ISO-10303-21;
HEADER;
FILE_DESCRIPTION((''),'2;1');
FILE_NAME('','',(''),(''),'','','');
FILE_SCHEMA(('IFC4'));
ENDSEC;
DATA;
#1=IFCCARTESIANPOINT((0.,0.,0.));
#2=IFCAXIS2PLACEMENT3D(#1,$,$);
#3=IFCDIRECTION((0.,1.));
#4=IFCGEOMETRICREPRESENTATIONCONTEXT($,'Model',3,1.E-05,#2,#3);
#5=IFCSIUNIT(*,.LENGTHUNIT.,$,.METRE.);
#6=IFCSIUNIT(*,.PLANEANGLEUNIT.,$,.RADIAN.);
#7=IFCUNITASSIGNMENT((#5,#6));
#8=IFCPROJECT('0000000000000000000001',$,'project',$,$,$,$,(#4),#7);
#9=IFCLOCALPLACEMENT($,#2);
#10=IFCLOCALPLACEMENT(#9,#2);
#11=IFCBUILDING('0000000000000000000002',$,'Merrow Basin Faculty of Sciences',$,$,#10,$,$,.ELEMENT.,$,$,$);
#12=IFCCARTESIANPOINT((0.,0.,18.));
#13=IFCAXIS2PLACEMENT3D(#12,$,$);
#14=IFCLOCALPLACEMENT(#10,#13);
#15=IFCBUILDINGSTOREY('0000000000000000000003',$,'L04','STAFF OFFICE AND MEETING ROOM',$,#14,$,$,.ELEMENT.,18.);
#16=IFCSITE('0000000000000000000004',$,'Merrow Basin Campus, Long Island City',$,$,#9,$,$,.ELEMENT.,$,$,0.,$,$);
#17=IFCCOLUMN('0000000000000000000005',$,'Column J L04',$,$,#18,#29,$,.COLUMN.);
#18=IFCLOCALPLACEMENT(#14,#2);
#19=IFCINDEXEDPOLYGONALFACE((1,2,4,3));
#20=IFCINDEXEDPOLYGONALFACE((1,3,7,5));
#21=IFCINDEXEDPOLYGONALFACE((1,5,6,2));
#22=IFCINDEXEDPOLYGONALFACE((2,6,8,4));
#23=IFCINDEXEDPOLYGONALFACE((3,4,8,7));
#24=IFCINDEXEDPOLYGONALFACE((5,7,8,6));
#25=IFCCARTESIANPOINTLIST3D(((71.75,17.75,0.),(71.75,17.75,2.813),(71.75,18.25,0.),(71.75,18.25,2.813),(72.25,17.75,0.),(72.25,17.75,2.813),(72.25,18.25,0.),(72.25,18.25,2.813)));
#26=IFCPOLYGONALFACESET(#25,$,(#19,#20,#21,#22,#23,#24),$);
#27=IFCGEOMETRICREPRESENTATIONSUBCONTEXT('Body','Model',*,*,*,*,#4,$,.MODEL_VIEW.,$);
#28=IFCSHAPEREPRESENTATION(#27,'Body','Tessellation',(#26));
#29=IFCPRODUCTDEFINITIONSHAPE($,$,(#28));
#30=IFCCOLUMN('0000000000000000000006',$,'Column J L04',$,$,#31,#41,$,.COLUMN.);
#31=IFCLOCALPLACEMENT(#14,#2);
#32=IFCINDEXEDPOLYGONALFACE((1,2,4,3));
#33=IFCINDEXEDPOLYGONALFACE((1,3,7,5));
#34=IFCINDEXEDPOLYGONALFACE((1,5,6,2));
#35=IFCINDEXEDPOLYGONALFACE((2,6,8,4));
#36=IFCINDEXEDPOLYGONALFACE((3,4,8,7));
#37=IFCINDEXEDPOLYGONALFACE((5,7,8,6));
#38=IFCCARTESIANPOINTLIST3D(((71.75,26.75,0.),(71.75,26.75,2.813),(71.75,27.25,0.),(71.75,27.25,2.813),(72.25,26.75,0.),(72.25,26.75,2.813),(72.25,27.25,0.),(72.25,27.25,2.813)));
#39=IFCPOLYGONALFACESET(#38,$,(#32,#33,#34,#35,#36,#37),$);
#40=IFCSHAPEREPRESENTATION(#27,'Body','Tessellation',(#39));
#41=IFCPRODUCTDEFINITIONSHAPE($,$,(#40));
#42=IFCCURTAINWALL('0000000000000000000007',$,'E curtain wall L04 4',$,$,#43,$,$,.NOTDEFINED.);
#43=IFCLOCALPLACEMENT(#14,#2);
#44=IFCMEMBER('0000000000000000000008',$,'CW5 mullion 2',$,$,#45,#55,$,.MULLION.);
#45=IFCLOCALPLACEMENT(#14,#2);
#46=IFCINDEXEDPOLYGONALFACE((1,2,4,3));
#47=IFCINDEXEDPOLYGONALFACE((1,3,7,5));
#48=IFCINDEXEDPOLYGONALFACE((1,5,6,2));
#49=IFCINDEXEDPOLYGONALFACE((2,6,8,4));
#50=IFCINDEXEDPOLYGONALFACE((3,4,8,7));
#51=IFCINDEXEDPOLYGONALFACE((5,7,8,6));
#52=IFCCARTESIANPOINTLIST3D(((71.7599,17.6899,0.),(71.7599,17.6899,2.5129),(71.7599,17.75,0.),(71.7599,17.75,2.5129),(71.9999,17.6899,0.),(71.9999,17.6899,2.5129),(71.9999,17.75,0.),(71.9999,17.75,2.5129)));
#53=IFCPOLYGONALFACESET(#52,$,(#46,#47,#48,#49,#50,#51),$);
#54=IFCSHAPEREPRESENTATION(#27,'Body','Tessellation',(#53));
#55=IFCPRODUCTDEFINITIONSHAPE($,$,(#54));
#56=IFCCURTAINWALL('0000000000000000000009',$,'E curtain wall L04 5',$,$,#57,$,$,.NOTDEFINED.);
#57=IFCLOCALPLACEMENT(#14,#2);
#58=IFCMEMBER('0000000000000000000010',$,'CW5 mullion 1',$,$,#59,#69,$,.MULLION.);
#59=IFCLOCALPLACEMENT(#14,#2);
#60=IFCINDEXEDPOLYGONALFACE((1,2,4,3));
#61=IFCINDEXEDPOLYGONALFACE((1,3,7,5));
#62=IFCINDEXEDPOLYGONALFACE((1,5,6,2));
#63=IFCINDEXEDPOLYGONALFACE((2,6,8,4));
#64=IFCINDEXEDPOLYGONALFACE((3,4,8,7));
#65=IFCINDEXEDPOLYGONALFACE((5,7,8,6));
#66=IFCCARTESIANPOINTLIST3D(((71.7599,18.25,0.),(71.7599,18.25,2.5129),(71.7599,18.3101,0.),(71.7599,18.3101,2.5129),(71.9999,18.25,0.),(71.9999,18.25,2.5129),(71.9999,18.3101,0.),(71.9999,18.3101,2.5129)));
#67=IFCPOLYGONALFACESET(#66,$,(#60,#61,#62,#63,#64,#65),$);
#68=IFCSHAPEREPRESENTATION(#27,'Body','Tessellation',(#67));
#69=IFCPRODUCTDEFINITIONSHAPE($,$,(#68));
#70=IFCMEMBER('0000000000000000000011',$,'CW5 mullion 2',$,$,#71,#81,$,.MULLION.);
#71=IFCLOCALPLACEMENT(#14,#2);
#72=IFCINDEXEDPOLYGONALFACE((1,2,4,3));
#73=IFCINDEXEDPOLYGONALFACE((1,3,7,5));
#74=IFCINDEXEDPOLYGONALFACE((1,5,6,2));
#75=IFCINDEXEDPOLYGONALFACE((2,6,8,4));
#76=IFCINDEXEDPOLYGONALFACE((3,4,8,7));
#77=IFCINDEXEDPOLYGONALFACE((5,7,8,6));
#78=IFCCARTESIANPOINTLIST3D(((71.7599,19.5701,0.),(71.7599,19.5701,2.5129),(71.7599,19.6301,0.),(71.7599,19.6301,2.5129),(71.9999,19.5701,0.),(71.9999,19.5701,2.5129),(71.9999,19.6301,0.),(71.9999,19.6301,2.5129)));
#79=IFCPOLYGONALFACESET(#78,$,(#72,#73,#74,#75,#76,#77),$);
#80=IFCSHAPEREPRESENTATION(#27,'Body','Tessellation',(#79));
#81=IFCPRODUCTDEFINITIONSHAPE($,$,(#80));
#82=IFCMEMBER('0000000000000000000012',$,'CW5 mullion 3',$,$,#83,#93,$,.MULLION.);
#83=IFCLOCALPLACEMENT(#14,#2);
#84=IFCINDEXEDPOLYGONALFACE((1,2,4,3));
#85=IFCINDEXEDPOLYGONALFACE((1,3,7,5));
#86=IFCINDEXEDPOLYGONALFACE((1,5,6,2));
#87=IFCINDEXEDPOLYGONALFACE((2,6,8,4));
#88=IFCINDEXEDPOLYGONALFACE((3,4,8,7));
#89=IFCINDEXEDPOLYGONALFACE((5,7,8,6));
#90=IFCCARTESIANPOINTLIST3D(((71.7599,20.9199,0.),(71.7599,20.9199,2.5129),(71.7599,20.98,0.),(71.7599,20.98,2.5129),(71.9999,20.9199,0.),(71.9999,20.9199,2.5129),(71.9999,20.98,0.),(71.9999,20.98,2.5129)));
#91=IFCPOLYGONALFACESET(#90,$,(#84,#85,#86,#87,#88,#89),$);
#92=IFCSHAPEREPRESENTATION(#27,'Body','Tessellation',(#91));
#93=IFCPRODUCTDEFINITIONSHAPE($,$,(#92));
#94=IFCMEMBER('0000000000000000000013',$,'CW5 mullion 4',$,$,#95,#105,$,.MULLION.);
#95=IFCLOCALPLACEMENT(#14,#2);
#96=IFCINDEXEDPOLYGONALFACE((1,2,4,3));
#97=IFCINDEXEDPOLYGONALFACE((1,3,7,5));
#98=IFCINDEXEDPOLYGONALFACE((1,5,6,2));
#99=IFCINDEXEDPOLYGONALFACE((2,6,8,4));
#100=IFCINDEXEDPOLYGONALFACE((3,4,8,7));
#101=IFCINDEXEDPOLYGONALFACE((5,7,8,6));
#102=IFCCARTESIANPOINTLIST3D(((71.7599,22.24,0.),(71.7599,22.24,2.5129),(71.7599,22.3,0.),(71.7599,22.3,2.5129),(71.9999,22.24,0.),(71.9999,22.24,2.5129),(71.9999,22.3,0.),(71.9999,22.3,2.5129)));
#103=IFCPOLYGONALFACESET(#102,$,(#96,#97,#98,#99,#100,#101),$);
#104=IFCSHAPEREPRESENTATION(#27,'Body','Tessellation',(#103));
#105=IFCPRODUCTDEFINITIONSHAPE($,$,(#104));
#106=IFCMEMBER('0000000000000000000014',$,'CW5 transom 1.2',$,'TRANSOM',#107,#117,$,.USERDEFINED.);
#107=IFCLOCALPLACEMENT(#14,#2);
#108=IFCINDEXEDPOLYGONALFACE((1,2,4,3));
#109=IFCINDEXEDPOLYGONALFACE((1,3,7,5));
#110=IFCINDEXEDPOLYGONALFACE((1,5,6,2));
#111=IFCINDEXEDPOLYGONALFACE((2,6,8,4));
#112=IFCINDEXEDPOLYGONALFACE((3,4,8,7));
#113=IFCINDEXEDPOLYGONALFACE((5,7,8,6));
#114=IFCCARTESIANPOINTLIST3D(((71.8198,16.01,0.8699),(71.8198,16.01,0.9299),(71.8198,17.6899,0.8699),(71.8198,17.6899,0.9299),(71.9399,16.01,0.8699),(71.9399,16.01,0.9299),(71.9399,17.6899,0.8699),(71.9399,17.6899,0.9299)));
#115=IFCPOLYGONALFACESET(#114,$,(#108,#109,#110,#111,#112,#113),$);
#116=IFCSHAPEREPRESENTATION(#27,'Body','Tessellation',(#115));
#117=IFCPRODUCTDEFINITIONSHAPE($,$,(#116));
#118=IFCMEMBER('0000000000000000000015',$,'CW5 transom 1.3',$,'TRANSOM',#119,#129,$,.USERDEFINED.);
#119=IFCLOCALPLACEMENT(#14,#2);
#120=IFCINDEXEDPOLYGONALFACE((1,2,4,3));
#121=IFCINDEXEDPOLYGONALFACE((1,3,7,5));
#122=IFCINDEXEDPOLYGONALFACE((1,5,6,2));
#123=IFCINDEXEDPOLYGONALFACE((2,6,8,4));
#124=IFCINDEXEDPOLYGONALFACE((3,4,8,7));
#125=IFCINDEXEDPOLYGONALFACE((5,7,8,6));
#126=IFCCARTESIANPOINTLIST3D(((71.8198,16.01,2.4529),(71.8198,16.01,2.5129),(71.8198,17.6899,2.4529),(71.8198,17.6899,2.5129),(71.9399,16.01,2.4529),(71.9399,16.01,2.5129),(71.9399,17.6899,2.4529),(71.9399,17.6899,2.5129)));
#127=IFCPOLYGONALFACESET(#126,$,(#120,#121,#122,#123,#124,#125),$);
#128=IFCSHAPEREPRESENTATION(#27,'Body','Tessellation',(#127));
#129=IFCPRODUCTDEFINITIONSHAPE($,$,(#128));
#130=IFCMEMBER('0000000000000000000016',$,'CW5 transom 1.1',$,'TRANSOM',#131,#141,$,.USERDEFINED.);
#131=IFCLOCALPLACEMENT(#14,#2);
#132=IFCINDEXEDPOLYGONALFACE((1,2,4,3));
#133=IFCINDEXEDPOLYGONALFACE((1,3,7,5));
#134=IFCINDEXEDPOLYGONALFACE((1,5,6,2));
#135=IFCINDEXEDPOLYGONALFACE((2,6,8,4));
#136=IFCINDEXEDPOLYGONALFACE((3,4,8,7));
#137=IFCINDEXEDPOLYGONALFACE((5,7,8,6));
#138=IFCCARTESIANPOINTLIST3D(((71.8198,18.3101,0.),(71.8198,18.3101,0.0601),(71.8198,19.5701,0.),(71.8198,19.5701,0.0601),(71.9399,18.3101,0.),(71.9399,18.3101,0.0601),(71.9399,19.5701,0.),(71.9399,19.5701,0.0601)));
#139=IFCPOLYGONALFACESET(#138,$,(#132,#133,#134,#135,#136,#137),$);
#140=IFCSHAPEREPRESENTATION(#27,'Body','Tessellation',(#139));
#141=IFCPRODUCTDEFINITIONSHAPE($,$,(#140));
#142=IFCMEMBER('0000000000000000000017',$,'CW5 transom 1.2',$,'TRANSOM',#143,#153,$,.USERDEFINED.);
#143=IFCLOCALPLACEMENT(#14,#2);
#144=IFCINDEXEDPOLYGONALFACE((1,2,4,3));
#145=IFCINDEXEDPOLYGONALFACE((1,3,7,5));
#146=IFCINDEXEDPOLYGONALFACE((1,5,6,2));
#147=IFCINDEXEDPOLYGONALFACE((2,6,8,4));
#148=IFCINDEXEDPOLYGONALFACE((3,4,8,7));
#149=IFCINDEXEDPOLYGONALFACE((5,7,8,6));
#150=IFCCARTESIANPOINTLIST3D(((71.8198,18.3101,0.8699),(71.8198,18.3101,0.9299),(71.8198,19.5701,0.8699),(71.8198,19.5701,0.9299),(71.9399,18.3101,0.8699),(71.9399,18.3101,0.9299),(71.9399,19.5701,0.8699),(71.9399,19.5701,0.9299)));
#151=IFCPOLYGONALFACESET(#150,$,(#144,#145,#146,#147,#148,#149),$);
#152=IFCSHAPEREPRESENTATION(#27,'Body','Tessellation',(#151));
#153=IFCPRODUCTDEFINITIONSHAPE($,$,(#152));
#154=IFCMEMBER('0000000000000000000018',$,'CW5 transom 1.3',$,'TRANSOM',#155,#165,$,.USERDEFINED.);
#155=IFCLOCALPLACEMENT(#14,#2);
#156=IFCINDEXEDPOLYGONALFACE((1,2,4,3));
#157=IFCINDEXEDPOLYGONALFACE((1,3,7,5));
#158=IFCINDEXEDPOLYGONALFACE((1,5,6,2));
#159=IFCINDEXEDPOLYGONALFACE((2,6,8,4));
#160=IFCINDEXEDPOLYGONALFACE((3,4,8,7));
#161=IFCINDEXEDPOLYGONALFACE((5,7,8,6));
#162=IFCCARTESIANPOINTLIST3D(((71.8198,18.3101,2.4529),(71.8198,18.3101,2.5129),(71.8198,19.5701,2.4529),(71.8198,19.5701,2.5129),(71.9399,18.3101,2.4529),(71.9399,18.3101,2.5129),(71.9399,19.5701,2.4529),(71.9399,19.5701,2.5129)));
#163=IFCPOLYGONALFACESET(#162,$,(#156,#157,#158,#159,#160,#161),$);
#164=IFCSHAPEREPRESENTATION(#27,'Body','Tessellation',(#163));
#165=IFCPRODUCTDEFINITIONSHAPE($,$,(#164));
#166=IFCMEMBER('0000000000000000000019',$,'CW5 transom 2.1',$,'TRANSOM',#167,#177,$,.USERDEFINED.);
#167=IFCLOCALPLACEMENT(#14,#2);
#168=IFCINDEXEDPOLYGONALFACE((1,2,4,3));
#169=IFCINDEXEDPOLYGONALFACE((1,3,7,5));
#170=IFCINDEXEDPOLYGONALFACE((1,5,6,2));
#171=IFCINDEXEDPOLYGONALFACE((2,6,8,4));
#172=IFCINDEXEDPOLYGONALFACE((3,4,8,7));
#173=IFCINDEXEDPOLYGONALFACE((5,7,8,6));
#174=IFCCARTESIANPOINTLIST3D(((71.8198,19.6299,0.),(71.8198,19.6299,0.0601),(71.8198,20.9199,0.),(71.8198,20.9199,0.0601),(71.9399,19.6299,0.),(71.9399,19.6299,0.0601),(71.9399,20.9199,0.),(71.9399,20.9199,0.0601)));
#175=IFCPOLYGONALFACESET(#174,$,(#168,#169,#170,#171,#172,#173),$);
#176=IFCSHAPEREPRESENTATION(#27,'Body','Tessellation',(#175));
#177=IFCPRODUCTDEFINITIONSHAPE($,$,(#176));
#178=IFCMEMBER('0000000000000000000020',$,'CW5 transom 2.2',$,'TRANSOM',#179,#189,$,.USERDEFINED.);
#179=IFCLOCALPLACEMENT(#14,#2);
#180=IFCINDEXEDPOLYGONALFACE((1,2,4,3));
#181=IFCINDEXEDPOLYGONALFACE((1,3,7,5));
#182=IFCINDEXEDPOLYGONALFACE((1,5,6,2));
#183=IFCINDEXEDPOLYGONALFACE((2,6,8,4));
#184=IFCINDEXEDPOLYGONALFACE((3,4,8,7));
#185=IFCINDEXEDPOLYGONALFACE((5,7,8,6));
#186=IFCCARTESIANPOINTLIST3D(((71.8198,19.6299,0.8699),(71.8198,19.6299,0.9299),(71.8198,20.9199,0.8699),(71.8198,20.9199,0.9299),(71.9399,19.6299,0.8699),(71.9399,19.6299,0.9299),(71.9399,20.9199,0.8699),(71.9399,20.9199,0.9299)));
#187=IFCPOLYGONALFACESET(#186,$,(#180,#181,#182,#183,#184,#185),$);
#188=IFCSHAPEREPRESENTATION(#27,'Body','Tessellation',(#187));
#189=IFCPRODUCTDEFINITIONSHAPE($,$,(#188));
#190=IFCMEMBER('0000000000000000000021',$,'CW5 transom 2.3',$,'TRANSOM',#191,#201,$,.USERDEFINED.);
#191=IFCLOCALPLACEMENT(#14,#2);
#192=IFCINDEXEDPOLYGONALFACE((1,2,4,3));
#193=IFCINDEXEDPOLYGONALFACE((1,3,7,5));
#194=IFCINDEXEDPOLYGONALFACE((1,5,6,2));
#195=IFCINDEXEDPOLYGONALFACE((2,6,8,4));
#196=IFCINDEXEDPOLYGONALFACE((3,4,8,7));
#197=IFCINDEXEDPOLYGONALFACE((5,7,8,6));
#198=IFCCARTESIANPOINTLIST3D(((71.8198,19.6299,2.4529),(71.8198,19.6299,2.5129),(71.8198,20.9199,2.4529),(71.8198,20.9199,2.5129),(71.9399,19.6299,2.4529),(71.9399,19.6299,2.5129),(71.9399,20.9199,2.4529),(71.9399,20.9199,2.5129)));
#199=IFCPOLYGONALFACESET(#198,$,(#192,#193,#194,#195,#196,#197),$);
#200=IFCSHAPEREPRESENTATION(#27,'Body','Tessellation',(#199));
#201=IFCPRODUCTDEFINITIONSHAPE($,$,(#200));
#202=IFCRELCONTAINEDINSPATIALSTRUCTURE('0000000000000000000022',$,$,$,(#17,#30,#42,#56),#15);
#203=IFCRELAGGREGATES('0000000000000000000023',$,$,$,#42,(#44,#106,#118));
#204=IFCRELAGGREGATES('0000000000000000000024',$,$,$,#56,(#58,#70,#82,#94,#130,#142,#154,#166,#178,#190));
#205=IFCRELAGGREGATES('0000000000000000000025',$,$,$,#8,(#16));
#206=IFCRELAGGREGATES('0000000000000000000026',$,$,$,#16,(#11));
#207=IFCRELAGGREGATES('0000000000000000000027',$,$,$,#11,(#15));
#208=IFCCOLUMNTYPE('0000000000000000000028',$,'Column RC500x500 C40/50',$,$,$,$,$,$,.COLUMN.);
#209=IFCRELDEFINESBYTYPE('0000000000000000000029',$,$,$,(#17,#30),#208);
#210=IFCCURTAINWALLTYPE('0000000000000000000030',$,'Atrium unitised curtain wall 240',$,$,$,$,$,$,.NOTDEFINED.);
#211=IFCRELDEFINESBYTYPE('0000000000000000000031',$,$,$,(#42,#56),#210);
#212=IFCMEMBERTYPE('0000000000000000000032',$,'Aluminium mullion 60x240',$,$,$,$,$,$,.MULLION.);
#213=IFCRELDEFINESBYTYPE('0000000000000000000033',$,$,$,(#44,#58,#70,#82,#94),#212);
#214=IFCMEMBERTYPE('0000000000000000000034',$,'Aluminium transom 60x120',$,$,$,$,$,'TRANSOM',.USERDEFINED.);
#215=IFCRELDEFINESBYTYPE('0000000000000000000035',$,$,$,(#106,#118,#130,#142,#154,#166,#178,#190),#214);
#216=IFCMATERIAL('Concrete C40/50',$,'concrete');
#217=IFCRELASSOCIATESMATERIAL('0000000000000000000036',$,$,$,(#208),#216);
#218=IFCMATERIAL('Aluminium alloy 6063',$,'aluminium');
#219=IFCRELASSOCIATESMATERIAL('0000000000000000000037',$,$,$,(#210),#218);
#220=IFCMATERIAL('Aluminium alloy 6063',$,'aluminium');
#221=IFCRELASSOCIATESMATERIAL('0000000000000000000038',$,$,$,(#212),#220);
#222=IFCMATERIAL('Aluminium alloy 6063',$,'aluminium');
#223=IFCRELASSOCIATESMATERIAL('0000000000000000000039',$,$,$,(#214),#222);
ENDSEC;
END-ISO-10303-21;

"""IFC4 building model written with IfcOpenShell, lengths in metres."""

from ifc_helpers import new_model, si_unit, direction, frame, origin, origin_2d, place, context, subcontext, project, spatial, rectangle, extrude, material, material_profile, profile_set, type_object, element, aggregate, save


model = new_model("IFC4")

# Units and contexts
model_context = context("Model", 3, precision=1e-05, world=origin(), true_north=direction((0.0, 1.0)))
body_context = subcontext(model_context, "Body", "Model", "MODEL_VIEW")
ifc_project = project(units=[si_unit("LENGTHUNIT", "METRE"), si_unit("PLANEANGLEUNIT", "RADIAN")], contexts=[model_context])

# Site, building, storey
site_placement = place(None, origin())
site = spatial("IfcSite", under=ifc_project, at=site_placement, Name="Merrow Basin Campus, Long Island City", CompositionType="ELEMENT", RefElevation=0.0)
building_placement = place(site_placement, origin())
building = spatial("IfcBuilding", under=site, at=building_placement, Name="Merrow Basin Faculty of Sciences", CompositionType="ELEMENT")
storey_placement = place(building_placement, frame((0.0, 0.0, 18.0)))
storey = spatial("IfcBuildingStorey", under=building, at=storey_placement, Name="L04", Description="STAFF OFFICE AND MEETING ROOM", CompositionType="ELEMENT", Elevation=18.0)

# Columns
ifc_material_1 = material(Name="Concrete C40/50", Category="concrete")
ifc_material_profile_1 = material_profile(ifc_material_1, rectangle(XDim=0.5, YDim=0.5, at=origin_2d()))
ifc_profile_set_1 = profile_set([ifc_material_profile_1], Name="Concrete C40/50")
column_type = type_object("IfcColumnType", Name="Column RC500x500 C40/50", PredefinedType="COLUMN", material=ifc_profile_set_1)
for number, where, z_axis, x_axis, name in (
    (1, (72.0, 18.0, 0.0), (0.0, 0.0, 1.0), (1.0, 0.0, 0.0), "Column J L04"),
    (2, (72.0, 27.0, 0.0), (0.0, 0.0, 1.0), (1.0, 0.0, 0.0), "Column J L04"),
):
    element("IfcColumn", number, at=place(storey_placement, frame(where, z_axis=z_axis, x_axis=x_axis)), inside=storey, type_object=column_type, Name=name, PredefinedType="COLUMN", context=body_context, shape_type="SweptSolid", body=[
        extrude(rectangle(XDim=0.5, YDim=0.5, at=origin_2d()), origin(), (0.0, 0.0, 1.0), 2.813),
    ])

# Curtain wall, member
ifc_material_2 = material(Name="Aluminium alloy 6063", Category="aluminium")
curtain_wall_type = type_object("IfcCurtainWallType", Name="Atrium unitised curtain wall 240", PredefinedType="NOTDEFINED", material=ifc_material_2)
curtain_wall_1_placement = place(storey_placement, origin())
curtain_wall_1 = element("IfcCurtainWall", 3, at=curtain_wall_1_placement, inside=storey, type_object=curtain_wall_type, Name="E curtain wall L04 4", PredefinedType="NOTDEFINED")
ifc_material_3 = material(Name="Aluminium alloy 6063", Category="aluminium")
ifc_material_profile_2 = material_profile(ifc_material_3, rectangle(XDim=0.24, YDim=0.0601, at=origin_2d()))
ifc_profile_set_2 = profile_set([ifc_material_profile_2], Name="Aluminium alloy 6063")
member_type_1 = type_object("IfcMemberType", Name="Aluminium mullion 60x240", PredefinedType="MULLION", material=ifc_profile_set_2)
member_1_placement = place(storey_placement, frame((71.8799, 17.72, 0.0), z_axis=(0.0, 0.0, 1.0), x_axis=(-1.0, 0.0, 0.0)))
member_1 = element("IfcMember", 4, at=member_1_placement, type_object=member_type_1, Name="CW5 mullion 2", PredefinedType="MULLION", context=body_context, shape_type="SweptSolid", body=[
    extrude(rectangle(XDim=0.24, YDim=0.0601, at=origin_2d()), origin(), (0.0, 0.0, 1.0), 2.5129),
])

# Curtain wall, members
curtain_wall_2_placement = place(storey_placement, origin())
curtain_wall_2 = element("IfcCurtainWall", 5, at=curtain_wall_2_placement, inside=storey, type_object=curtain_wall_type, Name="E curtain wall L04 5", PredefinedType="NOTDEFINED")
member_2_placement = place(storey_placement, frame((71.8799, 18.28, 0.0), z_axis=(0.0, 0.0, 1.0), x_axis=(-1.0, 0.0, 0.0)))
member_2 = element("IfcMember", 6, at=member_2_placement, type_object=member_type_1, Name="CW5 mullion 1", PredefinedType="MULLION", context=body_context, shape_type="SweptSolid", body=[
    extrude(rectangle(XDim=0.24, YDim=0.0601, at=origin_2d()), origin(), (0.0, 0.0, 1.0), 2.5129),
])
member_3_placement = place(storey_placement, frame((71.8799, 19.6001, 0.0), z_axis=(0.0, 0.0, 1.0), x_axis=(-1.0, 0.0, 0.0)))
member_3 = element("IfcMember", 7, at=member_3_placement, type_object=member_type_1, Name="CW5 mullion 2", PredefinedType="MULLION", context=body_context, shape_type="SweptSolid", body=[
    extrude(rectangle(XDim=0.24, YDim=0.0601, at=origin_2d()), origin(), (0.0, 0.0, 1.0), 2.5129),
])
member_4_placement = place(storey_placement, frame((71.8799, 20.95, 0.0), z_axis=(0.0, 0.0, 1.0), x_axis=(-1.0, 0.0, 0.0)))
member_4 = element("IfcMember", 8, at=member_4_placement, type_object=member_type_1, Name="CW5 mullion 3", PredefinedType="MULLION", context=body_context, shape_type="SweptSolid", body=[
    extrude(rectangle(XDim=0.24, YDim=0.0601, at=origin_2d()), origin(), (0.0, 0.0, 1.0), 2.5129),
])
member_5_placement = place(storey_placement, frame((71.8799, 22.27, 0.0), z_axis=(0.0, 0.0, 1.0), x_axis=(-1.0, 0.0, 0.0)))
member_5 = element("IfcMember", 9, at=member_5_placement, type_object=member_type_1, Name="CW5 mullion 4", PredefinedType="MULLION", context=body_context, shape_type="SweptSolid", body=[
    extrude(rectangle(XDim=0.24, YDim=0.0601, at=origin_2d()), origin(), (0.0, 0.0, 1.0), 2.5129),
])

# Members
ifc_material_4 = material(Name="Aluminium alloy 6063", Category="aluminium")
ifc_material_profile_3 = material_profile(ifc_material_4, rectangle(XDim=0.1201, YDim=0.0601, at=origin_2d()))
ifc_profile_set_3 = profile_set([ifc_material_profile_3], Name="Aluminium alloy 6063")
member_type_2 = type_object("IfcMemberType", Name="Aluminium transom 60x120", ElementType="TRANSOM", PredefinedType="USERDEFINED", material=ifc_profile_set_3)
member_6_placement = place(storey_placement, frame((71.8799, 16.01, 0.8999), z_axis=(0.0, 1.0, 0.0), x_axis=(-1.0, 0.0, 0.0)))
member_6 = element("IfcMember", 10, at=member_6_placement, type_object=member_type_2, Name="CW5 transom 1.2", ObjectType="TRANSOM", PredefinedType="USERDEFINED", context=body_context, shape_type="SweptSolid", body=[
    extrude(rectangle(XDim=0.1201, YDim=0.0601, at=origin_2d()), origin(), (0.0, 0.0, 1.0), 1.6799),
])
member_7_placement = place(storey_placement, frame((71.8799, 16.01, 2.4829), z_axis=(0.0, 1.0, 0.0), x_axis=(-1.0, 0.0, 0.0)))
member_7 = element("IfcMember", 11, at=member_7_placement, type_object=member_type_2, Name="CW5 transom 1.3", ObjectType="TRANSOM", PredefinedType="USERDEFINED", context=body_context, shape_type="SweptSolid", body=[
    extrude(rectangle(XDim=0.1201, YDim=0.0601, at=origin_2d()), origin(), (0.0, 0.0, 1.0), 1.6799),
])
member_8_placement = place(storey_placement, frame((71.8799, 18.3101, 0.03), z_axis=(0.0, 1.0, 0.0), x_axis=(-1.0, 0.0, 0.0)))
member_8 = element("IfcMember", 12, at=member_8_placement, type_object=member_type_2, Name="CW5 transom 1.1", ObjectType="TRANSOM", PredefinedType="USERDEFINED", context=body_context, shape_type="SweptSolid", body=[
    extrude(rectangle(XDim=0.1201, YDim=0.0601, at=origin_2d()), origin(), (0.0, 0.0, 1.0), 1.26),
])
member_9_placement = place(storey_placement, frame((71.8799, 18.3101, 0.8999), z_axis=(0.0, 1.0, 0.0), x_axis=(-1.0, 0.0, 0.0)))
member_9 = element("IfcMember", 13, at=member_9_placement, type_object=member_type_2, Name="CW5 transom 1.2", ObjectType="TRANSOM", PredefinedType="USERDEFINED", context=body_context, shape_type="SweptSolid", body=[
    extrude(rectangle(XDim=0.1201, YDim=0.0601, at=origin_2d()), origin(), (0.0, 0.0, 1.0), 1.26),
])
member_10_placement = place(storey_placement, frame((71.8799, 18.3101, 2.4829), z_axis=(0.0, 1.0, 0.0), x_axis=(-1.0, 0.0, 0.0)))
member_10 = element("IfcMember", 14, at=member_10_placement, type_object=member_type_2, Name="CW5 transom 1.3", ObjectType="TRANSOM", PredefinedType="USERDEFINED", context=body_context, shape_type="SweptSolid", body=[
    extrude(rectangle(XDim=0.1201, YDim=0.0601, at=origin_2d()), origin(), (0.0, 0.0, 1.0), 1.26),
])
member_11_placement = place(storey_placement, frame((71.8799, 19.6299, 0.03), z_axis=(0.0, 1.0, 0.0), x_axis=(-1.0, 0.0, 0.0)))
member_11 = element("IfcMember", 15, at=member_11_placement, type_object=member_type_2, Name="CW5 transom 2.1", ObjectType="TRANSOM", PredefinedType="USERDEFINED", context=body_context, shape_type="SweptSolid", body=[
    extrude(rectangle(XDim=0.1201, YDim=0.0601, at=origin_2d()), origin(), (0.0, 0.0, 1.0), 1.29),
])
member_12_placement = place(storey_placement, frame((71.8799, 19.6299, 0.8999), z_axis=(0.0, 1.0, 0.0), x_axis=(-1.0, 0.0, 0.0)))
member_12 = element("IfcMember", 16, at=member_12_placement, type_object=member_type_2, Name="CW5 transom 2.2", ObjectType="TRANSOM", PredefinedType="USERDEFINED", context=body_context, shape_type="SweptSolid", body=[
    extrude(rectangle(XDim=0.1201, YDim=0.0601, at=origin_2d()), origin(), (0.0, 0.0, 1.0), 1.29),
])
member_13_placement = place(storey_placement, frame((71.8799, 19.6299, 2.4829), z_axis=(0.0, 1.0, 0.0), x_axis=(-1.0, 0.0, 0.0)))
member_13 = element("IfcMember", 17, at=member_13_placement, type_object=member_type_2, Name="CW5 transom 2.3", ObjectType="TRANSOM", PredefinedType="USERDEFINED", context=body_context, shape_type="SweptSolid", body=[
    extrude(rectangle(XDim=0.1201, YDim=0.0601, at=origin_2d()), origin(), (0.0, 0.0, 1.0), 1.29),
])

aggregate(curtain_wall_1, [member_1, member_6, member_7])
aggregate(curtain_wall_2, [member_2, member_3, member_4, member_5, member_8, member_9, member_10, member_11, member_12, member_13])

save(model, "model.ifc")
